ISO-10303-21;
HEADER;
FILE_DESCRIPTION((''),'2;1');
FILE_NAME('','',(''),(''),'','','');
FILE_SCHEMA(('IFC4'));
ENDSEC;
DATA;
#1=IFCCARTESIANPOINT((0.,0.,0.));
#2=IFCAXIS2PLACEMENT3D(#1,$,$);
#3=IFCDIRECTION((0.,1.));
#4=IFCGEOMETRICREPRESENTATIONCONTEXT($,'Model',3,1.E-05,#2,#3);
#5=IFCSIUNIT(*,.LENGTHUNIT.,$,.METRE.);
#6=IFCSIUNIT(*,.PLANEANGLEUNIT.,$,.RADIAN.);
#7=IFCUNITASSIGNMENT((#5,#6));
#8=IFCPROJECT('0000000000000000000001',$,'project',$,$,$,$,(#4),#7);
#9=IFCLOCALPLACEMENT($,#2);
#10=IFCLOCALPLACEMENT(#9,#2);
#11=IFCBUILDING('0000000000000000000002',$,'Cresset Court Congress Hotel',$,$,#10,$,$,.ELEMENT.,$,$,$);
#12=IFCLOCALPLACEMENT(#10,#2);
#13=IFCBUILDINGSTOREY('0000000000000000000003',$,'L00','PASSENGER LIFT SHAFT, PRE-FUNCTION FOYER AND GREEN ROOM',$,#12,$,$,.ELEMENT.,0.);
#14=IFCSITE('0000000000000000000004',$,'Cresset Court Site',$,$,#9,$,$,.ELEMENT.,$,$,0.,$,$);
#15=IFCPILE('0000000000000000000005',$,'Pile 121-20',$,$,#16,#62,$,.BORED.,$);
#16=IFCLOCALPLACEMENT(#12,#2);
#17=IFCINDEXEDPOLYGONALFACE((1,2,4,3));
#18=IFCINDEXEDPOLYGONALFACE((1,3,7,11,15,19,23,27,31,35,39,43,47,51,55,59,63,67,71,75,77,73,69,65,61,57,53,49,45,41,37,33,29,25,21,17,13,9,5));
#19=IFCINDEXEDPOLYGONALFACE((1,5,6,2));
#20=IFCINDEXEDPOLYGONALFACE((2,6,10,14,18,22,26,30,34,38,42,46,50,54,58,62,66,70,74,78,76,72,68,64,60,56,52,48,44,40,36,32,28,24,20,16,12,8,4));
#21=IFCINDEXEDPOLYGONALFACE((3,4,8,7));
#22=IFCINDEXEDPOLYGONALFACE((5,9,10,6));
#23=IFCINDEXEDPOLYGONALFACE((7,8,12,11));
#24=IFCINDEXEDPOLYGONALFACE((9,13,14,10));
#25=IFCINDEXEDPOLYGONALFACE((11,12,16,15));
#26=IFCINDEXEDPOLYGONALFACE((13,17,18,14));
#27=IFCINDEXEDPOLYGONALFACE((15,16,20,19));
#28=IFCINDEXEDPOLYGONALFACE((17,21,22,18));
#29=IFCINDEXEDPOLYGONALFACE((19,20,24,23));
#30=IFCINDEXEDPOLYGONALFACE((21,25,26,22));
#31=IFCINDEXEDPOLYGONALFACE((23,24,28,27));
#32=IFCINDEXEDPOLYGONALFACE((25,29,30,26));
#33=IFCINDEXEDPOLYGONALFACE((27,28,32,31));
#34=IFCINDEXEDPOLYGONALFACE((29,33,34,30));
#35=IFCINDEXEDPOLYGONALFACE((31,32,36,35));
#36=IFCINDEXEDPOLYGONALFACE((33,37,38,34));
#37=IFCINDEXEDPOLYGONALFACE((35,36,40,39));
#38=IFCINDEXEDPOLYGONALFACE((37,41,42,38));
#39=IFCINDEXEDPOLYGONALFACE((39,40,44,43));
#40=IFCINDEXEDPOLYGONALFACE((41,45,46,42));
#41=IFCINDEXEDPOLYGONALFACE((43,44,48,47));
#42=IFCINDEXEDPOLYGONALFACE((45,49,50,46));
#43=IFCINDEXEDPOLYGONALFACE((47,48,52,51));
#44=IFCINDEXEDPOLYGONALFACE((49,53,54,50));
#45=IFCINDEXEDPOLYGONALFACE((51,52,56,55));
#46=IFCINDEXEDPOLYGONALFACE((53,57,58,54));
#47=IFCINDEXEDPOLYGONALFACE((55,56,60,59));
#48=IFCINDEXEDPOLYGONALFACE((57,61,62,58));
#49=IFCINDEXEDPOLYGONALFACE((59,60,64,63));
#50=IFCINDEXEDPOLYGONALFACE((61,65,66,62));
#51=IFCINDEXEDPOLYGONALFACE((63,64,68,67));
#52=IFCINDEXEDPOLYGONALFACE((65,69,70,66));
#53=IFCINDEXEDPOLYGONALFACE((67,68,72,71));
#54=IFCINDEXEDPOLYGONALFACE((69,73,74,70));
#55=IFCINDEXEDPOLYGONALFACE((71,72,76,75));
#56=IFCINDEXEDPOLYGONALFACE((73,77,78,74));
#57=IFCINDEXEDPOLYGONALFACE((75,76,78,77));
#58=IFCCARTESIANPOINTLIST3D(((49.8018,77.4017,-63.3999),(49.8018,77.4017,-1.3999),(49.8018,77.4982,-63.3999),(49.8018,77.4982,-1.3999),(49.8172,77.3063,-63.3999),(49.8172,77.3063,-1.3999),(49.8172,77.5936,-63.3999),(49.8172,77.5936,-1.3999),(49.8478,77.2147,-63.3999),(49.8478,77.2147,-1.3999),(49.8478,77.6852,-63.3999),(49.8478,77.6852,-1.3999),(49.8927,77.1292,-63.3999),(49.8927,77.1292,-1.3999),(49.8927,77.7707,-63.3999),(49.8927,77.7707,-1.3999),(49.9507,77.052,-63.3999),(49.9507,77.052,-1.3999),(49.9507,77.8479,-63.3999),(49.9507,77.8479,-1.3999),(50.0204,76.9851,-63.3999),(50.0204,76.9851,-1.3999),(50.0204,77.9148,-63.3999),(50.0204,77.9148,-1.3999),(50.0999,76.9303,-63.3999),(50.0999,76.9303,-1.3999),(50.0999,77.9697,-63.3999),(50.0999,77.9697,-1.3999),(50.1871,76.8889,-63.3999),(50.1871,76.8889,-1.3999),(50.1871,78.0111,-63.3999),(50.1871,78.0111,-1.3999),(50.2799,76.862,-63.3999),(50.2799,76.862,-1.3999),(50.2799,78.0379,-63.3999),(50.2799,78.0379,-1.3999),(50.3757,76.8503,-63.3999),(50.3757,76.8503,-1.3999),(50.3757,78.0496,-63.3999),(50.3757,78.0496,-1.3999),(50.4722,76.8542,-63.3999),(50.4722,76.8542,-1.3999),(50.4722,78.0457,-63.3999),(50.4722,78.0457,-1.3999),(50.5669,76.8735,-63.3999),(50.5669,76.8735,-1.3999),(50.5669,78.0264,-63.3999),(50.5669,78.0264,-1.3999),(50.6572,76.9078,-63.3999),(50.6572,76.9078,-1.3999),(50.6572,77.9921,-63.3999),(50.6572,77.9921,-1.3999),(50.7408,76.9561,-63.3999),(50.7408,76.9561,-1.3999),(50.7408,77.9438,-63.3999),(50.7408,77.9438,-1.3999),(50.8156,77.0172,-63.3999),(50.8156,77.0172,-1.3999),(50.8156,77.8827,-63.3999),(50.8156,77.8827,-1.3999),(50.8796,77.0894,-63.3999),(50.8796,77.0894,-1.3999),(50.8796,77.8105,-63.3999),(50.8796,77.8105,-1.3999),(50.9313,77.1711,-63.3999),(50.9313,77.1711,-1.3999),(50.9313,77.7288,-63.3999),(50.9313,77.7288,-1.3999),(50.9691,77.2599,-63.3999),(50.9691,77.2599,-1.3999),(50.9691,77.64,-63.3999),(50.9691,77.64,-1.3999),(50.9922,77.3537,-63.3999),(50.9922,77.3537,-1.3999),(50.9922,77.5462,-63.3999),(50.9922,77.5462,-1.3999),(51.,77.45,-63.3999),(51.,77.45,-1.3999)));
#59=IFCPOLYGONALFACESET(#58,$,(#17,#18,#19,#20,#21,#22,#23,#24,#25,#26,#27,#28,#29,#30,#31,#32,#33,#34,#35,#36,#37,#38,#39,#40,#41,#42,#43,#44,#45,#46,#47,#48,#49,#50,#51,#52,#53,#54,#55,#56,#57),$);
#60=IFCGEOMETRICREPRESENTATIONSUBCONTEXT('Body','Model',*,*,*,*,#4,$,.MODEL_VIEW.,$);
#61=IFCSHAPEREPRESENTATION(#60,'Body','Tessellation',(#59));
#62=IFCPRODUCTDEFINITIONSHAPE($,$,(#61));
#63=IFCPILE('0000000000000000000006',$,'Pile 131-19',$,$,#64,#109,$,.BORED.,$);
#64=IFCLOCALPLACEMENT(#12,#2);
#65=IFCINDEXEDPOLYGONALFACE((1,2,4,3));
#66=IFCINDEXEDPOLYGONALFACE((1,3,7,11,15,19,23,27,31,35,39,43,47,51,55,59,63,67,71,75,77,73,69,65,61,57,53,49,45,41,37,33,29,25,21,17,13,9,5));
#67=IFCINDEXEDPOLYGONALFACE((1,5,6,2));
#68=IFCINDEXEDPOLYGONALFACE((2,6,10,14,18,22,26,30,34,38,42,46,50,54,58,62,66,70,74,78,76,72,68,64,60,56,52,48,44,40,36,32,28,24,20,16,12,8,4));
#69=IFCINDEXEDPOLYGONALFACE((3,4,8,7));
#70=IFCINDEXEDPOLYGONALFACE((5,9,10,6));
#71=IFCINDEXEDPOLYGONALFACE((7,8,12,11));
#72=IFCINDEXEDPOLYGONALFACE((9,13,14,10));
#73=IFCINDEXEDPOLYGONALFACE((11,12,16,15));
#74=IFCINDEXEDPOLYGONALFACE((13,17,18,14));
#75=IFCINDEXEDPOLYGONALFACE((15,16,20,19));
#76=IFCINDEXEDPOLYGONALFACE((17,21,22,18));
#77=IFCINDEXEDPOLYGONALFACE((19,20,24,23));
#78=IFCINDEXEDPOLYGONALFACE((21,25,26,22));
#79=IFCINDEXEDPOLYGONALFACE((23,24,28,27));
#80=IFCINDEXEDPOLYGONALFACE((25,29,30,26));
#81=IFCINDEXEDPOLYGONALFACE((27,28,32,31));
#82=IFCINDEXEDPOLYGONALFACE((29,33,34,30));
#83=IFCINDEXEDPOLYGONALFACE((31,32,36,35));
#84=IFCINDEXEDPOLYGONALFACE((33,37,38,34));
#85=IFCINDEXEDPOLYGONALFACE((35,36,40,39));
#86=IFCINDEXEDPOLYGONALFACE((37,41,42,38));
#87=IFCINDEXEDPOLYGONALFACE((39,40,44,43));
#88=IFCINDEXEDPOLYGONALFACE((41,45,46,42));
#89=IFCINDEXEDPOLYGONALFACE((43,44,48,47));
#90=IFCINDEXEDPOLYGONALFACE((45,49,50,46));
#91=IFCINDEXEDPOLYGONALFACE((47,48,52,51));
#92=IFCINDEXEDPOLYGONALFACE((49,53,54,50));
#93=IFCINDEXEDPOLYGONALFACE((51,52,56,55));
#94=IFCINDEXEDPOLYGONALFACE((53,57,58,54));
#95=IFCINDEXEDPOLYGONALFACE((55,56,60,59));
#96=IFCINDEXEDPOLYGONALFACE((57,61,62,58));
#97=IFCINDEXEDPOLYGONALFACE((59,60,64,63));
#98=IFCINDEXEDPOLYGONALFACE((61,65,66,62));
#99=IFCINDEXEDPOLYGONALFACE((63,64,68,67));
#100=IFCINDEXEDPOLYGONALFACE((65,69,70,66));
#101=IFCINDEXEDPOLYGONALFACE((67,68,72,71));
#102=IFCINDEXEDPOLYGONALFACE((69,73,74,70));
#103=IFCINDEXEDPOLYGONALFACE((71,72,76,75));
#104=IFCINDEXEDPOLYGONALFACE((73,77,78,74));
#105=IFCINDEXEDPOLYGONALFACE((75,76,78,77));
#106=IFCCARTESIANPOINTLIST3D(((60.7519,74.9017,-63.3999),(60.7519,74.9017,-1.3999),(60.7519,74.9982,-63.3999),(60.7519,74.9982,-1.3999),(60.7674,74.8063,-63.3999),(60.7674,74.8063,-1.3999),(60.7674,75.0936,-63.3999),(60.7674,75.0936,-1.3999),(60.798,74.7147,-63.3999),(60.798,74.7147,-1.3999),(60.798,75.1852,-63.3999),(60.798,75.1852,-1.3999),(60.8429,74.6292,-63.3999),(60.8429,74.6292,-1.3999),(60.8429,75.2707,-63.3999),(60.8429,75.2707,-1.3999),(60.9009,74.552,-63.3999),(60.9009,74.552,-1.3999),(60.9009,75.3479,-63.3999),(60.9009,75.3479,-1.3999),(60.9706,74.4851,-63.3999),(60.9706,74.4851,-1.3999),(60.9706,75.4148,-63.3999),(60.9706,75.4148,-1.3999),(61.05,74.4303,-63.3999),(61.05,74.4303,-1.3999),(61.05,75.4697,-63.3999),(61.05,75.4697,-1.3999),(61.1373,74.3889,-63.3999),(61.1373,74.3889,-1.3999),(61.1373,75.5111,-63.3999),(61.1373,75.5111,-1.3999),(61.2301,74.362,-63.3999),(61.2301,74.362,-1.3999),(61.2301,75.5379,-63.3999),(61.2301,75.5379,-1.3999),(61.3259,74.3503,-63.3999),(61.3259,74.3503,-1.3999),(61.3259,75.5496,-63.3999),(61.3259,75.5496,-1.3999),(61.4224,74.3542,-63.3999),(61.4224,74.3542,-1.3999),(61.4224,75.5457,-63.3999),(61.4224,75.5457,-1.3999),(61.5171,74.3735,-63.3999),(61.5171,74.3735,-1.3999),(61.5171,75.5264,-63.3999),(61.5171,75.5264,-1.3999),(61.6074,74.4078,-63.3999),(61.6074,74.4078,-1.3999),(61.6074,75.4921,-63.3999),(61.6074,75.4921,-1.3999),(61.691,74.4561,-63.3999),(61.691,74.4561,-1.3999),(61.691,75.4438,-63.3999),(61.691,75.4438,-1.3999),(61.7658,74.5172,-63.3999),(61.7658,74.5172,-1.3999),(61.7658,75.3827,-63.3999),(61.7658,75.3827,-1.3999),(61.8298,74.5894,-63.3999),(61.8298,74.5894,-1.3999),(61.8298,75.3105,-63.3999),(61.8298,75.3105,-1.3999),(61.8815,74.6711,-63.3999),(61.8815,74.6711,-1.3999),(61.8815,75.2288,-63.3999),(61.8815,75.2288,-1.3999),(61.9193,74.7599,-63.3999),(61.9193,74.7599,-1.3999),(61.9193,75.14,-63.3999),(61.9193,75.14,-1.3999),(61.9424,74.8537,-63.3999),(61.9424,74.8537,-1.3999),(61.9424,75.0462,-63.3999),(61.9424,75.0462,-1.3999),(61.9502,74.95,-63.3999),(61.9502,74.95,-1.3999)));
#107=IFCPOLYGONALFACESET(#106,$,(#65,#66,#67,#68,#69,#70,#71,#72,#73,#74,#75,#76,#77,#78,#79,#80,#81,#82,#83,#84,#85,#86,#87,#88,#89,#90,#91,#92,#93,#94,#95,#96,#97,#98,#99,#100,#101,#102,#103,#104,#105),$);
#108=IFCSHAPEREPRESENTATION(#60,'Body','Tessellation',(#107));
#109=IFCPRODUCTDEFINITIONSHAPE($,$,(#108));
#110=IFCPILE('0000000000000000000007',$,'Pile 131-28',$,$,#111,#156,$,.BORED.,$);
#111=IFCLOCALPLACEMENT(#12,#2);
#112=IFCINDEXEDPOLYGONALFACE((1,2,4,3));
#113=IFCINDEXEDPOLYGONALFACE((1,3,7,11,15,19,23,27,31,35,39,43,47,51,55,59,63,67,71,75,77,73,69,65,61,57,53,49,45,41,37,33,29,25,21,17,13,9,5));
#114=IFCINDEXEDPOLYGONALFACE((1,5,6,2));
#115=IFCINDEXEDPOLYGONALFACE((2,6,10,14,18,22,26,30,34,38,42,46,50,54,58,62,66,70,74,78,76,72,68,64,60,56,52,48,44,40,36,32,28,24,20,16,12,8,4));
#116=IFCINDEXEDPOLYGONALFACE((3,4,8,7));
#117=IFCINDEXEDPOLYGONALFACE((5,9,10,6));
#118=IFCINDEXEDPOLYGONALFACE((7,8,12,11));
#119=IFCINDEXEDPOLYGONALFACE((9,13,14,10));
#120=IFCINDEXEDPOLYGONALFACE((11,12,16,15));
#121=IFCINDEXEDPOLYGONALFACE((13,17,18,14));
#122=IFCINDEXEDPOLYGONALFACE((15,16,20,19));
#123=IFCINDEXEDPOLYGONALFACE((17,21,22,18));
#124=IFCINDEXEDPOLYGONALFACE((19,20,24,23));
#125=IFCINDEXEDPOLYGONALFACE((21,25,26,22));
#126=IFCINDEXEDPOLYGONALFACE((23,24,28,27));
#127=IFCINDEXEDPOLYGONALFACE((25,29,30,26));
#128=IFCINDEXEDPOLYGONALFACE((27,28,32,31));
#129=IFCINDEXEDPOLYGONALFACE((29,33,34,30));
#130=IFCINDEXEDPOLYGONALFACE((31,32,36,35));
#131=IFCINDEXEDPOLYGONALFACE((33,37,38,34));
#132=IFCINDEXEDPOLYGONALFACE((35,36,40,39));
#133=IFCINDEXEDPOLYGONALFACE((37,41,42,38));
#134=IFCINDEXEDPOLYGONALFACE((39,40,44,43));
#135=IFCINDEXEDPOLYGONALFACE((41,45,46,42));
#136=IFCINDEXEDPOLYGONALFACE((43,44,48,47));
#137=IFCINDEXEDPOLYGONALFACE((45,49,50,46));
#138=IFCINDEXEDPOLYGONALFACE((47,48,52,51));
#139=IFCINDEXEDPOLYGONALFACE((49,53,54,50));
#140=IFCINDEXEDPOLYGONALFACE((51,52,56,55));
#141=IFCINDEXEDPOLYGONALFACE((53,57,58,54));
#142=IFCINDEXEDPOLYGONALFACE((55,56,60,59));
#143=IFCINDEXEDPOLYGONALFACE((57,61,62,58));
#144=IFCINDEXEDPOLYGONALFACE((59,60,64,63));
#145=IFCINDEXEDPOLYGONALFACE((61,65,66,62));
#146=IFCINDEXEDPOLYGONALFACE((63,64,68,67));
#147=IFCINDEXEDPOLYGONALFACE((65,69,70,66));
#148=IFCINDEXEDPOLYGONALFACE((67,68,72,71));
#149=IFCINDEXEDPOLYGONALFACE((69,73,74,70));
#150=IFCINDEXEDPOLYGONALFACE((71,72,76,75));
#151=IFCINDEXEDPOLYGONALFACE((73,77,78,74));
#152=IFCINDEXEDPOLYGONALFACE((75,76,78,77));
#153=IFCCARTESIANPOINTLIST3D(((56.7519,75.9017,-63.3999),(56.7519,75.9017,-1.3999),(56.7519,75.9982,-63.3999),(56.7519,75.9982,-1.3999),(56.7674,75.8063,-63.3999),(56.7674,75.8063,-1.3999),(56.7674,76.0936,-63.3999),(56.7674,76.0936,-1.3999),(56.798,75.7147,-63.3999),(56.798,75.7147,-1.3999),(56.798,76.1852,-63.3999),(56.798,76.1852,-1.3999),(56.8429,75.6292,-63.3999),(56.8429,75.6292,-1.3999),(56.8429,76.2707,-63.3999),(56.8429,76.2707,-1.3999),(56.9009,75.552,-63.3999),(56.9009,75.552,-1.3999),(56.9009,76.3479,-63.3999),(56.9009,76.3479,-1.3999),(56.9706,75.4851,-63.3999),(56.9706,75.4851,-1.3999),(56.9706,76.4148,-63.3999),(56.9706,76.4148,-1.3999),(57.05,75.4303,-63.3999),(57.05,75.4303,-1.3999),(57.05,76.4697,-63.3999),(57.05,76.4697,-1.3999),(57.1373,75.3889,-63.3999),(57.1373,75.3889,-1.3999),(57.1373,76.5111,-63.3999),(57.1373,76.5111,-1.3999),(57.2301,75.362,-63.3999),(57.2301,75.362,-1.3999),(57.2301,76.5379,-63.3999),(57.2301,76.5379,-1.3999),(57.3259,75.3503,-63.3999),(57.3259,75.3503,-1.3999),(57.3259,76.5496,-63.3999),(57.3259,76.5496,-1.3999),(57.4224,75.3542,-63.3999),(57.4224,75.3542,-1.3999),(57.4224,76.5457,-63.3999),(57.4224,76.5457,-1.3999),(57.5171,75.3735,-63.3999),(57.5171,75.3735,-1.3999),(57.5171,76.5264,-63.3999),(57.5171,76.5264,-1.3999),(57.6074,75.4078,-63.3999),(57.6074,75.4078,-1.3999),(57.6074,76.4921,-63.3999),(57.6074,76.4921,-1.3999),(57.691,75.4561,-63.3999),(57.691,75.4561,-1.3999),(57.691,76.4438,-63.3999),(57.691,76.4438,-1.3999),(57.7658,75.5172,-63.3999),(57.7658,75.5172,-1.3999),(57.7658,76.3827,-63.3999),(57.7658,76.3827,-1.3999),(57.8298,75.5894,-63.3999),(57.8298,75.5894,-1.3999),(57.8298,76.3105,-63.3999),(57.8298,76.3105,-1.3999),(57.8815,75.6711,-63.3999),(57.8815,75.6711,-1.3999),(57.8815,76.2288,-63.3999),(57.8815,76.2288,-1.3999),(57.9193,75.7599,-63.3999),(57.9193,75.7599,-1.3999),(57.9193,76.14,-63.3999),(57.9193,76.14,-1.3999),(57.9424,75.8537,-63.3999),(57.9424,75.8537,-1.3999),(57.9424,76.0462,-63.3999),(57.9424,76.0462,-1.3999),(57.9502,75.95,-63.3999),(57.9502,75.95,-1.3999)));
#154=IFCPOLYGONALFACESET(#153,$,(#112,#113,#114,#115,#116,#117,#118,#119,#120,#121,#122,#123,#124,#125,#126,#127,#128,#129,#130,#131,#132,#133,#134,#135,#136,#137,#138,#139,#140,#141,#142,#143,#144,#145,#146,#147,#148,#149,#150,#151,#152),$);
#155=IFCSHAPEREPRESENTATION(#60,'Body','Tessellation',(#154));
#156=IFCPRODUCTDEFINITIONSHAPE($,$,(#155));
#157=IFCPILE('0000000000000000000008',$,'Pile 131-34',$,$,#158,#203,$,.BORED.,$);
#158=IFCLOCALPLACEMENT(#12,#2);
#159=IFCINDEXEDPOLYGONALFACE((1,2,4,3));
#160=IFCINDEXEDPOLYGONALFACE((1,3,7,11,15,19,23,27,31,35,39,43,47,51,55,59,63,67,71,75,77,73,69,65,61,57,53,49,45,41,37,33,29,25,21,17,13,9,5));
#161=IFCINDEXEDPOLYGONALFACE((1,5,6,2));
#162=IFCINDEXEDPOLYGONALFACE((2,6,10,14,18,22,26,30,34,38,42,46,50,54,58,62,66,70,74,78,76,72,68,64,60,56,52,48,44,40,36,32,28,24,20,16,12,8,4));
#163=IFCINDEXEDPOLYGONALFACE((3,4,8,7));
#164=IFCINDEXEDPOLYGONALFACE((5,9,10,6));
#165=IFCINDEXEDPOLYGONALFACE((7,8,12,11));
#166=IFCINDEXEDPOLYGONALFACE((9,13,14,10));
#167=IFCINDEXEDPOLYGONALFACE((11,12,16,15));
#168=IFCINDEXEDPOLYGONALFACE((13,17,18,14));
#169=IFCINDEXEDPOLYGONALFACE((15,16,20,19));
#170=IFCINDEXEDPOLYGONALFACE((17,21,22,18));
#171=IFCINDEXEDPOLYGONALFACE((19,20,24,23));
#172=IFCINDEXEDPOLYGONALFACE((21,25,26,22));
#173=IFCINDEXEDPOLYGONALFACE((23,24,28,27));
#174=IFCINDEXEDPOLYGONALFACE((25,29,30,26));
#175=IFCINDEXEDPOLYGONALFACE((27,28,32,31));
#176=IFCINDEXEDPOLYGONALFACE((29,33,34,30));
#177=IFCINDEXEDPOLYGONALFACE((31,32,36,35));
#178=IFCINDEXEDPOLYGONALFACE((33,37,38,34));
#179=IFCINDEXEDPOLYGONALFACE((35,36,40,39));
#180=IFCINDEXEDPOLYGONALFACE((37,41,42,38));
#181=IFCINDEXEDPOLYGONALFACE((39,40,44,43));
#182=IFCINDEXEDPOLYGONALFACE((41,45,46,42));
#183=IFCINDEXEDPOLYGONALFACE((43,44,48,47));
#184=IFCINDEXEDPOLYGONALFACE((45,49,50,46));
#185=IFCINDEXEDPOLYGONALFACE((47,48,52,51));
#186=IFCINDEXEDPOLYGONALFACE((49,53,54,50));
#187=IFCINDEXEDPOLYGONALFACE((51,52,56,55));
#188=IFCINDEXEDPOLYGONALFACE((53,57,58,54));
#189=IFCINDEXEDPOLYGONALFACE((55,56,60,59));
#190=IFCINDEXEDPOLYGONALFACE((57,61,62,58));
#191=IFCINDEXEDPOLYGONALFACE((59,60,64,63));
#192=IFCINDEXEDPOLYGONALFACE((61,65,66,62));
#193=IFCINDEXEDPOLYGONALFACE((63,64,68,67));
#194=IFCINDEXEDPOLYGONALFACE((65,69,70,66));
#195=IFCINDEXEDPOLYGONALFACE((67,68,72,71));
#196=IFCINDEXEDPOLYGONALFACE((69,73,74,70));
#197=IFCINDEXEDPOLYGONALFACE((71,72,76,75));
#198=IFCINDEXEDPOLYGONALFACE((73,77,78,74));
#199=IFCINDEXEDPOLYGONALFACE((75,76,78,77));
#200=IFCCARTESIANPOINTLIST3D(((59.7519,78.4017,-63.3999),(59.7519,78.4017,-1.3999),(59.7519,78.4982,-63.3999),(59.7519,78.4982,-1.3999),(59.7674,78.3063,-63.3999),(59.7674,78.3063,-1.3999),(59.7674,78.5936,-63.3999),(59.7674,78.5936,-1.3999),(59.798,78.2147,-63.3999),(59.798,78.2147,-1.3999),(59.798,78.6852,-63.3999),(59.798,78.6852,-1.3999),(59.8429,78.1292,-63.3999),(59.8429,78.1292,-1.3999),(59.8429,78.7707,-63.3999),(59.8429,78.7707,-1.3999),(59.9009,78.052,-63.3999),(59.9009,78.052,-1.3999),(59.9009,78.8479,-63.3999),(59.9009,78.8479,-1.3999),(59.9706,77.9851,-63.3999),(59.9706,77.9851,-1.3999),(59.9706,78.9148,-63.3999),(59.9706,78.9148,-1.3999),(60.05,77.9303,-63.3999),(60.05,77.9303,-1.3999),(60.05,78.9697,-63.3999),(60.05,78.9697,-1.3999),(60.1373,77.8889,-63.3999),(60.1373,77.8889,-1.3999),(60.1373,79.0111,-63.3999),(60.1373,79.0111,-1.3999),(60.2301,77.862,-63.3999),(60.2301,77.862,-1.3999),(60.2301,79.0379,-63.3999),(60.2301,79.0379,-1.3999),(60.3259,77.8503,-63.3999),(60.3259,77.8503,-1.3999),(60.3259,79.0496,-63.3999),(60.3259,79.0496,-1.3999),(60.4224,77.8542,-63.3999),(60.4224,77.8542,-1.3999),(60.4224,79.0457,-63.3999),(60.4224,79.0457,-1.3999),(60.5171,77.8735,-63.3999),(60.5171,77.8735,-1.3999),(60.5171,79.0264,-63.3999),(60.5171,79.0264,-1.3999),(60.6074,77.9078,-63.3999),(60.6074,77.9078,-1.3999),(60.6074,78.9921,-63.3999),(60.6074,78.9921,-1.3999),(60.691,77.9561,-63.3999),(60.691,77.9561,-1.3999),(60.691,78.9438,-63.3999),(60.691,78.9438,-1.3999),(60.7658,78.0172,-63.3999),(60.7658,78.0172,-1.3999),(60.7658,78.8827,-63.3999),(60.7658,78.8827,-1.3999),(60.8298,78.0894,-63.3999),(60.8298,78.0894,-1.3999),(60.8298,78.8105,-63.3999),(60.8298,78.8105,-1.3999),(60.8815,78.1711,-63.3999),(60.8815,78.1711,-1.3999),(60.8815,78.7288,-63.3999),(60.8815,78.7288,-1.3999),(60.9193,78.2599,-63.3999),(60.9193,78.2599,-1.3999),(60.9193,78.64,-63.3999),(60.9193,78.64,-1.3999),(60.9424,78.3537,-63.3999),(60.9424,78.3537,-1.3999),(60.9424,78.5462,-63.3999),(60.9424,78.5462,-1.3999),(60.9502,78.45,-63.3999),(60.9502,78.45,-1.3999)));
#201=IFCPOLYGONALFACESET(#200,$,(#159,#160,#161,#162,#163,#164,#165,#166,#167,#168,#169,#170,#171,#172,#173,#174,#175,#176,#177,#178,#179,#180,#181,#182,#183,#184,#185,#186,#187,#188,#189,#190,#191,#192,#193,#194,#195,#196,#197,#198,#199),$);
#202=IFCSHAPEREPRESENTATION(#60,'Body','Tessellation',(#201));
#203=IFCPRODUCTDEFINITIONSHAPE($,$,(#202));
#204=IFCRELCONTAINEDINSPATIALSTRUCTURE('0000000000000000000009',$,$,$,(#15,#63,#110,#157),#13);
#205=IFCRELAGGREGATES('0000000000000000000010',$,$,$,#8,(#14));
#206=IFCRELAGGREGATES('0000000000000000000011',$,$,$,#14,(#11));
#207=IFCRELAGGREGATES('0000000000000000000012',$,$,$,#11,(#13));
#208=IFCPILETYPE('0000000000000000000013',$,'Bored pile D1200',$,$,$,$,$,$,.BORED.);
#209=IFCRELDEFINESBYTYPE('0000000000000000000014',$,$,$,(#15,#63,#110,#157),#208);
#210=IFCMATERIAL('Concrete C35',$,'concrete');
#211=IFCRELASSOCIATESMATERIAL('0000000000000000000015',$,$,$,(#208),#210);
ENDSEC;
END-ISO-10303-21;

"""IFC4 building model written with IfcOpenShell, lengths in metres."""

from ifc_helpers import new_model, si_unit, direction, frame, origin, origin_2d, place, context, subcontext, project, spatial, circle, extrude, material, type_object, element, save


model = new_model("IFC4")

# Units and contexts
model_context = context("Model", 3, precision=1e-05, world=origin(), true_north=direction((0.0, 1.0)))
body_context = subcontext(model_context, "Body", "Model", "MODEL_VIEW")
ifc_project = project(units=[si_unit("LENGTHUNIT", "METRE"), si_unit("PLANEANGLEUNIT", "RADIAN")], contexts=[model_context])

# Site, building, storey
site_placement = place(None, origin())
site = spatial("IfcSite", under=ifc_project, at=site_placement, Name="Cresset Court Site", CompositionType="ELEMENT", RefElevation=0.0)
building_placement = place(site_placement, origin())
building = spatial("IfcBuilding", under=site, at=building_placement, Name="Cresset Court Congress Hotel", CompositionType="ELEMENT")
storey_placement = place(building_placement, origin())
storey = spatial("IfcBuildingStorey", under=building, at=storey_placement, Name="L00", Description="PASSENGER LIFT SHAFT, PRE-FUNCTION FOYER AND GREEN ROOM", CompositionType="ELEMENT", Elevation=0.0)

# Piles
ifc_material_1 = material(Name="Concrete C35", Category="concrete")
pile_type = type_object("IfcPileType", Name="Bored pile D1200", PredefinedType="BORED", material=ifc_material_1)
for number, where, z_axis, x_axis, name in (
    (1, (50.3999, 77.45, -1.3999), (0.0, 0.0, -1.0), (1.0, 0.0, 0.0), "Pile 121-20"),
    (2, (61.3501, 74.95, -1.3999), (0.0, 0.0, -1.0), (1.0, 0.0, 0.0), "Pile 131-19"),
    (3, (57.3501, 75.95, -1.3999), (0.0, 0.0, -1.0), (1.0, 0.0, 0.0), "Pile 131-28"),
    (4, (60.3501, 78.45, -1.3999), (0.0, 0.0, -1.0), (1.0, 0.0, 0.0), "Pile 131-34"),
):
    element("IfcPile", number, at=place(storey_placement, frame(where, z_axis=z_axis, x_axis=x_axis)), inside=storey, type_object=pile_type, Name=name, PredefinedType="BORED", context=body_context, shape_type="SweptSolid", body=[
        extrude(circle(Radius=0.6001, at=origin_2d()), origin(), (0.0, 0.0, 1.0), 62.0),
    ])

save(model, "model.ifc")
